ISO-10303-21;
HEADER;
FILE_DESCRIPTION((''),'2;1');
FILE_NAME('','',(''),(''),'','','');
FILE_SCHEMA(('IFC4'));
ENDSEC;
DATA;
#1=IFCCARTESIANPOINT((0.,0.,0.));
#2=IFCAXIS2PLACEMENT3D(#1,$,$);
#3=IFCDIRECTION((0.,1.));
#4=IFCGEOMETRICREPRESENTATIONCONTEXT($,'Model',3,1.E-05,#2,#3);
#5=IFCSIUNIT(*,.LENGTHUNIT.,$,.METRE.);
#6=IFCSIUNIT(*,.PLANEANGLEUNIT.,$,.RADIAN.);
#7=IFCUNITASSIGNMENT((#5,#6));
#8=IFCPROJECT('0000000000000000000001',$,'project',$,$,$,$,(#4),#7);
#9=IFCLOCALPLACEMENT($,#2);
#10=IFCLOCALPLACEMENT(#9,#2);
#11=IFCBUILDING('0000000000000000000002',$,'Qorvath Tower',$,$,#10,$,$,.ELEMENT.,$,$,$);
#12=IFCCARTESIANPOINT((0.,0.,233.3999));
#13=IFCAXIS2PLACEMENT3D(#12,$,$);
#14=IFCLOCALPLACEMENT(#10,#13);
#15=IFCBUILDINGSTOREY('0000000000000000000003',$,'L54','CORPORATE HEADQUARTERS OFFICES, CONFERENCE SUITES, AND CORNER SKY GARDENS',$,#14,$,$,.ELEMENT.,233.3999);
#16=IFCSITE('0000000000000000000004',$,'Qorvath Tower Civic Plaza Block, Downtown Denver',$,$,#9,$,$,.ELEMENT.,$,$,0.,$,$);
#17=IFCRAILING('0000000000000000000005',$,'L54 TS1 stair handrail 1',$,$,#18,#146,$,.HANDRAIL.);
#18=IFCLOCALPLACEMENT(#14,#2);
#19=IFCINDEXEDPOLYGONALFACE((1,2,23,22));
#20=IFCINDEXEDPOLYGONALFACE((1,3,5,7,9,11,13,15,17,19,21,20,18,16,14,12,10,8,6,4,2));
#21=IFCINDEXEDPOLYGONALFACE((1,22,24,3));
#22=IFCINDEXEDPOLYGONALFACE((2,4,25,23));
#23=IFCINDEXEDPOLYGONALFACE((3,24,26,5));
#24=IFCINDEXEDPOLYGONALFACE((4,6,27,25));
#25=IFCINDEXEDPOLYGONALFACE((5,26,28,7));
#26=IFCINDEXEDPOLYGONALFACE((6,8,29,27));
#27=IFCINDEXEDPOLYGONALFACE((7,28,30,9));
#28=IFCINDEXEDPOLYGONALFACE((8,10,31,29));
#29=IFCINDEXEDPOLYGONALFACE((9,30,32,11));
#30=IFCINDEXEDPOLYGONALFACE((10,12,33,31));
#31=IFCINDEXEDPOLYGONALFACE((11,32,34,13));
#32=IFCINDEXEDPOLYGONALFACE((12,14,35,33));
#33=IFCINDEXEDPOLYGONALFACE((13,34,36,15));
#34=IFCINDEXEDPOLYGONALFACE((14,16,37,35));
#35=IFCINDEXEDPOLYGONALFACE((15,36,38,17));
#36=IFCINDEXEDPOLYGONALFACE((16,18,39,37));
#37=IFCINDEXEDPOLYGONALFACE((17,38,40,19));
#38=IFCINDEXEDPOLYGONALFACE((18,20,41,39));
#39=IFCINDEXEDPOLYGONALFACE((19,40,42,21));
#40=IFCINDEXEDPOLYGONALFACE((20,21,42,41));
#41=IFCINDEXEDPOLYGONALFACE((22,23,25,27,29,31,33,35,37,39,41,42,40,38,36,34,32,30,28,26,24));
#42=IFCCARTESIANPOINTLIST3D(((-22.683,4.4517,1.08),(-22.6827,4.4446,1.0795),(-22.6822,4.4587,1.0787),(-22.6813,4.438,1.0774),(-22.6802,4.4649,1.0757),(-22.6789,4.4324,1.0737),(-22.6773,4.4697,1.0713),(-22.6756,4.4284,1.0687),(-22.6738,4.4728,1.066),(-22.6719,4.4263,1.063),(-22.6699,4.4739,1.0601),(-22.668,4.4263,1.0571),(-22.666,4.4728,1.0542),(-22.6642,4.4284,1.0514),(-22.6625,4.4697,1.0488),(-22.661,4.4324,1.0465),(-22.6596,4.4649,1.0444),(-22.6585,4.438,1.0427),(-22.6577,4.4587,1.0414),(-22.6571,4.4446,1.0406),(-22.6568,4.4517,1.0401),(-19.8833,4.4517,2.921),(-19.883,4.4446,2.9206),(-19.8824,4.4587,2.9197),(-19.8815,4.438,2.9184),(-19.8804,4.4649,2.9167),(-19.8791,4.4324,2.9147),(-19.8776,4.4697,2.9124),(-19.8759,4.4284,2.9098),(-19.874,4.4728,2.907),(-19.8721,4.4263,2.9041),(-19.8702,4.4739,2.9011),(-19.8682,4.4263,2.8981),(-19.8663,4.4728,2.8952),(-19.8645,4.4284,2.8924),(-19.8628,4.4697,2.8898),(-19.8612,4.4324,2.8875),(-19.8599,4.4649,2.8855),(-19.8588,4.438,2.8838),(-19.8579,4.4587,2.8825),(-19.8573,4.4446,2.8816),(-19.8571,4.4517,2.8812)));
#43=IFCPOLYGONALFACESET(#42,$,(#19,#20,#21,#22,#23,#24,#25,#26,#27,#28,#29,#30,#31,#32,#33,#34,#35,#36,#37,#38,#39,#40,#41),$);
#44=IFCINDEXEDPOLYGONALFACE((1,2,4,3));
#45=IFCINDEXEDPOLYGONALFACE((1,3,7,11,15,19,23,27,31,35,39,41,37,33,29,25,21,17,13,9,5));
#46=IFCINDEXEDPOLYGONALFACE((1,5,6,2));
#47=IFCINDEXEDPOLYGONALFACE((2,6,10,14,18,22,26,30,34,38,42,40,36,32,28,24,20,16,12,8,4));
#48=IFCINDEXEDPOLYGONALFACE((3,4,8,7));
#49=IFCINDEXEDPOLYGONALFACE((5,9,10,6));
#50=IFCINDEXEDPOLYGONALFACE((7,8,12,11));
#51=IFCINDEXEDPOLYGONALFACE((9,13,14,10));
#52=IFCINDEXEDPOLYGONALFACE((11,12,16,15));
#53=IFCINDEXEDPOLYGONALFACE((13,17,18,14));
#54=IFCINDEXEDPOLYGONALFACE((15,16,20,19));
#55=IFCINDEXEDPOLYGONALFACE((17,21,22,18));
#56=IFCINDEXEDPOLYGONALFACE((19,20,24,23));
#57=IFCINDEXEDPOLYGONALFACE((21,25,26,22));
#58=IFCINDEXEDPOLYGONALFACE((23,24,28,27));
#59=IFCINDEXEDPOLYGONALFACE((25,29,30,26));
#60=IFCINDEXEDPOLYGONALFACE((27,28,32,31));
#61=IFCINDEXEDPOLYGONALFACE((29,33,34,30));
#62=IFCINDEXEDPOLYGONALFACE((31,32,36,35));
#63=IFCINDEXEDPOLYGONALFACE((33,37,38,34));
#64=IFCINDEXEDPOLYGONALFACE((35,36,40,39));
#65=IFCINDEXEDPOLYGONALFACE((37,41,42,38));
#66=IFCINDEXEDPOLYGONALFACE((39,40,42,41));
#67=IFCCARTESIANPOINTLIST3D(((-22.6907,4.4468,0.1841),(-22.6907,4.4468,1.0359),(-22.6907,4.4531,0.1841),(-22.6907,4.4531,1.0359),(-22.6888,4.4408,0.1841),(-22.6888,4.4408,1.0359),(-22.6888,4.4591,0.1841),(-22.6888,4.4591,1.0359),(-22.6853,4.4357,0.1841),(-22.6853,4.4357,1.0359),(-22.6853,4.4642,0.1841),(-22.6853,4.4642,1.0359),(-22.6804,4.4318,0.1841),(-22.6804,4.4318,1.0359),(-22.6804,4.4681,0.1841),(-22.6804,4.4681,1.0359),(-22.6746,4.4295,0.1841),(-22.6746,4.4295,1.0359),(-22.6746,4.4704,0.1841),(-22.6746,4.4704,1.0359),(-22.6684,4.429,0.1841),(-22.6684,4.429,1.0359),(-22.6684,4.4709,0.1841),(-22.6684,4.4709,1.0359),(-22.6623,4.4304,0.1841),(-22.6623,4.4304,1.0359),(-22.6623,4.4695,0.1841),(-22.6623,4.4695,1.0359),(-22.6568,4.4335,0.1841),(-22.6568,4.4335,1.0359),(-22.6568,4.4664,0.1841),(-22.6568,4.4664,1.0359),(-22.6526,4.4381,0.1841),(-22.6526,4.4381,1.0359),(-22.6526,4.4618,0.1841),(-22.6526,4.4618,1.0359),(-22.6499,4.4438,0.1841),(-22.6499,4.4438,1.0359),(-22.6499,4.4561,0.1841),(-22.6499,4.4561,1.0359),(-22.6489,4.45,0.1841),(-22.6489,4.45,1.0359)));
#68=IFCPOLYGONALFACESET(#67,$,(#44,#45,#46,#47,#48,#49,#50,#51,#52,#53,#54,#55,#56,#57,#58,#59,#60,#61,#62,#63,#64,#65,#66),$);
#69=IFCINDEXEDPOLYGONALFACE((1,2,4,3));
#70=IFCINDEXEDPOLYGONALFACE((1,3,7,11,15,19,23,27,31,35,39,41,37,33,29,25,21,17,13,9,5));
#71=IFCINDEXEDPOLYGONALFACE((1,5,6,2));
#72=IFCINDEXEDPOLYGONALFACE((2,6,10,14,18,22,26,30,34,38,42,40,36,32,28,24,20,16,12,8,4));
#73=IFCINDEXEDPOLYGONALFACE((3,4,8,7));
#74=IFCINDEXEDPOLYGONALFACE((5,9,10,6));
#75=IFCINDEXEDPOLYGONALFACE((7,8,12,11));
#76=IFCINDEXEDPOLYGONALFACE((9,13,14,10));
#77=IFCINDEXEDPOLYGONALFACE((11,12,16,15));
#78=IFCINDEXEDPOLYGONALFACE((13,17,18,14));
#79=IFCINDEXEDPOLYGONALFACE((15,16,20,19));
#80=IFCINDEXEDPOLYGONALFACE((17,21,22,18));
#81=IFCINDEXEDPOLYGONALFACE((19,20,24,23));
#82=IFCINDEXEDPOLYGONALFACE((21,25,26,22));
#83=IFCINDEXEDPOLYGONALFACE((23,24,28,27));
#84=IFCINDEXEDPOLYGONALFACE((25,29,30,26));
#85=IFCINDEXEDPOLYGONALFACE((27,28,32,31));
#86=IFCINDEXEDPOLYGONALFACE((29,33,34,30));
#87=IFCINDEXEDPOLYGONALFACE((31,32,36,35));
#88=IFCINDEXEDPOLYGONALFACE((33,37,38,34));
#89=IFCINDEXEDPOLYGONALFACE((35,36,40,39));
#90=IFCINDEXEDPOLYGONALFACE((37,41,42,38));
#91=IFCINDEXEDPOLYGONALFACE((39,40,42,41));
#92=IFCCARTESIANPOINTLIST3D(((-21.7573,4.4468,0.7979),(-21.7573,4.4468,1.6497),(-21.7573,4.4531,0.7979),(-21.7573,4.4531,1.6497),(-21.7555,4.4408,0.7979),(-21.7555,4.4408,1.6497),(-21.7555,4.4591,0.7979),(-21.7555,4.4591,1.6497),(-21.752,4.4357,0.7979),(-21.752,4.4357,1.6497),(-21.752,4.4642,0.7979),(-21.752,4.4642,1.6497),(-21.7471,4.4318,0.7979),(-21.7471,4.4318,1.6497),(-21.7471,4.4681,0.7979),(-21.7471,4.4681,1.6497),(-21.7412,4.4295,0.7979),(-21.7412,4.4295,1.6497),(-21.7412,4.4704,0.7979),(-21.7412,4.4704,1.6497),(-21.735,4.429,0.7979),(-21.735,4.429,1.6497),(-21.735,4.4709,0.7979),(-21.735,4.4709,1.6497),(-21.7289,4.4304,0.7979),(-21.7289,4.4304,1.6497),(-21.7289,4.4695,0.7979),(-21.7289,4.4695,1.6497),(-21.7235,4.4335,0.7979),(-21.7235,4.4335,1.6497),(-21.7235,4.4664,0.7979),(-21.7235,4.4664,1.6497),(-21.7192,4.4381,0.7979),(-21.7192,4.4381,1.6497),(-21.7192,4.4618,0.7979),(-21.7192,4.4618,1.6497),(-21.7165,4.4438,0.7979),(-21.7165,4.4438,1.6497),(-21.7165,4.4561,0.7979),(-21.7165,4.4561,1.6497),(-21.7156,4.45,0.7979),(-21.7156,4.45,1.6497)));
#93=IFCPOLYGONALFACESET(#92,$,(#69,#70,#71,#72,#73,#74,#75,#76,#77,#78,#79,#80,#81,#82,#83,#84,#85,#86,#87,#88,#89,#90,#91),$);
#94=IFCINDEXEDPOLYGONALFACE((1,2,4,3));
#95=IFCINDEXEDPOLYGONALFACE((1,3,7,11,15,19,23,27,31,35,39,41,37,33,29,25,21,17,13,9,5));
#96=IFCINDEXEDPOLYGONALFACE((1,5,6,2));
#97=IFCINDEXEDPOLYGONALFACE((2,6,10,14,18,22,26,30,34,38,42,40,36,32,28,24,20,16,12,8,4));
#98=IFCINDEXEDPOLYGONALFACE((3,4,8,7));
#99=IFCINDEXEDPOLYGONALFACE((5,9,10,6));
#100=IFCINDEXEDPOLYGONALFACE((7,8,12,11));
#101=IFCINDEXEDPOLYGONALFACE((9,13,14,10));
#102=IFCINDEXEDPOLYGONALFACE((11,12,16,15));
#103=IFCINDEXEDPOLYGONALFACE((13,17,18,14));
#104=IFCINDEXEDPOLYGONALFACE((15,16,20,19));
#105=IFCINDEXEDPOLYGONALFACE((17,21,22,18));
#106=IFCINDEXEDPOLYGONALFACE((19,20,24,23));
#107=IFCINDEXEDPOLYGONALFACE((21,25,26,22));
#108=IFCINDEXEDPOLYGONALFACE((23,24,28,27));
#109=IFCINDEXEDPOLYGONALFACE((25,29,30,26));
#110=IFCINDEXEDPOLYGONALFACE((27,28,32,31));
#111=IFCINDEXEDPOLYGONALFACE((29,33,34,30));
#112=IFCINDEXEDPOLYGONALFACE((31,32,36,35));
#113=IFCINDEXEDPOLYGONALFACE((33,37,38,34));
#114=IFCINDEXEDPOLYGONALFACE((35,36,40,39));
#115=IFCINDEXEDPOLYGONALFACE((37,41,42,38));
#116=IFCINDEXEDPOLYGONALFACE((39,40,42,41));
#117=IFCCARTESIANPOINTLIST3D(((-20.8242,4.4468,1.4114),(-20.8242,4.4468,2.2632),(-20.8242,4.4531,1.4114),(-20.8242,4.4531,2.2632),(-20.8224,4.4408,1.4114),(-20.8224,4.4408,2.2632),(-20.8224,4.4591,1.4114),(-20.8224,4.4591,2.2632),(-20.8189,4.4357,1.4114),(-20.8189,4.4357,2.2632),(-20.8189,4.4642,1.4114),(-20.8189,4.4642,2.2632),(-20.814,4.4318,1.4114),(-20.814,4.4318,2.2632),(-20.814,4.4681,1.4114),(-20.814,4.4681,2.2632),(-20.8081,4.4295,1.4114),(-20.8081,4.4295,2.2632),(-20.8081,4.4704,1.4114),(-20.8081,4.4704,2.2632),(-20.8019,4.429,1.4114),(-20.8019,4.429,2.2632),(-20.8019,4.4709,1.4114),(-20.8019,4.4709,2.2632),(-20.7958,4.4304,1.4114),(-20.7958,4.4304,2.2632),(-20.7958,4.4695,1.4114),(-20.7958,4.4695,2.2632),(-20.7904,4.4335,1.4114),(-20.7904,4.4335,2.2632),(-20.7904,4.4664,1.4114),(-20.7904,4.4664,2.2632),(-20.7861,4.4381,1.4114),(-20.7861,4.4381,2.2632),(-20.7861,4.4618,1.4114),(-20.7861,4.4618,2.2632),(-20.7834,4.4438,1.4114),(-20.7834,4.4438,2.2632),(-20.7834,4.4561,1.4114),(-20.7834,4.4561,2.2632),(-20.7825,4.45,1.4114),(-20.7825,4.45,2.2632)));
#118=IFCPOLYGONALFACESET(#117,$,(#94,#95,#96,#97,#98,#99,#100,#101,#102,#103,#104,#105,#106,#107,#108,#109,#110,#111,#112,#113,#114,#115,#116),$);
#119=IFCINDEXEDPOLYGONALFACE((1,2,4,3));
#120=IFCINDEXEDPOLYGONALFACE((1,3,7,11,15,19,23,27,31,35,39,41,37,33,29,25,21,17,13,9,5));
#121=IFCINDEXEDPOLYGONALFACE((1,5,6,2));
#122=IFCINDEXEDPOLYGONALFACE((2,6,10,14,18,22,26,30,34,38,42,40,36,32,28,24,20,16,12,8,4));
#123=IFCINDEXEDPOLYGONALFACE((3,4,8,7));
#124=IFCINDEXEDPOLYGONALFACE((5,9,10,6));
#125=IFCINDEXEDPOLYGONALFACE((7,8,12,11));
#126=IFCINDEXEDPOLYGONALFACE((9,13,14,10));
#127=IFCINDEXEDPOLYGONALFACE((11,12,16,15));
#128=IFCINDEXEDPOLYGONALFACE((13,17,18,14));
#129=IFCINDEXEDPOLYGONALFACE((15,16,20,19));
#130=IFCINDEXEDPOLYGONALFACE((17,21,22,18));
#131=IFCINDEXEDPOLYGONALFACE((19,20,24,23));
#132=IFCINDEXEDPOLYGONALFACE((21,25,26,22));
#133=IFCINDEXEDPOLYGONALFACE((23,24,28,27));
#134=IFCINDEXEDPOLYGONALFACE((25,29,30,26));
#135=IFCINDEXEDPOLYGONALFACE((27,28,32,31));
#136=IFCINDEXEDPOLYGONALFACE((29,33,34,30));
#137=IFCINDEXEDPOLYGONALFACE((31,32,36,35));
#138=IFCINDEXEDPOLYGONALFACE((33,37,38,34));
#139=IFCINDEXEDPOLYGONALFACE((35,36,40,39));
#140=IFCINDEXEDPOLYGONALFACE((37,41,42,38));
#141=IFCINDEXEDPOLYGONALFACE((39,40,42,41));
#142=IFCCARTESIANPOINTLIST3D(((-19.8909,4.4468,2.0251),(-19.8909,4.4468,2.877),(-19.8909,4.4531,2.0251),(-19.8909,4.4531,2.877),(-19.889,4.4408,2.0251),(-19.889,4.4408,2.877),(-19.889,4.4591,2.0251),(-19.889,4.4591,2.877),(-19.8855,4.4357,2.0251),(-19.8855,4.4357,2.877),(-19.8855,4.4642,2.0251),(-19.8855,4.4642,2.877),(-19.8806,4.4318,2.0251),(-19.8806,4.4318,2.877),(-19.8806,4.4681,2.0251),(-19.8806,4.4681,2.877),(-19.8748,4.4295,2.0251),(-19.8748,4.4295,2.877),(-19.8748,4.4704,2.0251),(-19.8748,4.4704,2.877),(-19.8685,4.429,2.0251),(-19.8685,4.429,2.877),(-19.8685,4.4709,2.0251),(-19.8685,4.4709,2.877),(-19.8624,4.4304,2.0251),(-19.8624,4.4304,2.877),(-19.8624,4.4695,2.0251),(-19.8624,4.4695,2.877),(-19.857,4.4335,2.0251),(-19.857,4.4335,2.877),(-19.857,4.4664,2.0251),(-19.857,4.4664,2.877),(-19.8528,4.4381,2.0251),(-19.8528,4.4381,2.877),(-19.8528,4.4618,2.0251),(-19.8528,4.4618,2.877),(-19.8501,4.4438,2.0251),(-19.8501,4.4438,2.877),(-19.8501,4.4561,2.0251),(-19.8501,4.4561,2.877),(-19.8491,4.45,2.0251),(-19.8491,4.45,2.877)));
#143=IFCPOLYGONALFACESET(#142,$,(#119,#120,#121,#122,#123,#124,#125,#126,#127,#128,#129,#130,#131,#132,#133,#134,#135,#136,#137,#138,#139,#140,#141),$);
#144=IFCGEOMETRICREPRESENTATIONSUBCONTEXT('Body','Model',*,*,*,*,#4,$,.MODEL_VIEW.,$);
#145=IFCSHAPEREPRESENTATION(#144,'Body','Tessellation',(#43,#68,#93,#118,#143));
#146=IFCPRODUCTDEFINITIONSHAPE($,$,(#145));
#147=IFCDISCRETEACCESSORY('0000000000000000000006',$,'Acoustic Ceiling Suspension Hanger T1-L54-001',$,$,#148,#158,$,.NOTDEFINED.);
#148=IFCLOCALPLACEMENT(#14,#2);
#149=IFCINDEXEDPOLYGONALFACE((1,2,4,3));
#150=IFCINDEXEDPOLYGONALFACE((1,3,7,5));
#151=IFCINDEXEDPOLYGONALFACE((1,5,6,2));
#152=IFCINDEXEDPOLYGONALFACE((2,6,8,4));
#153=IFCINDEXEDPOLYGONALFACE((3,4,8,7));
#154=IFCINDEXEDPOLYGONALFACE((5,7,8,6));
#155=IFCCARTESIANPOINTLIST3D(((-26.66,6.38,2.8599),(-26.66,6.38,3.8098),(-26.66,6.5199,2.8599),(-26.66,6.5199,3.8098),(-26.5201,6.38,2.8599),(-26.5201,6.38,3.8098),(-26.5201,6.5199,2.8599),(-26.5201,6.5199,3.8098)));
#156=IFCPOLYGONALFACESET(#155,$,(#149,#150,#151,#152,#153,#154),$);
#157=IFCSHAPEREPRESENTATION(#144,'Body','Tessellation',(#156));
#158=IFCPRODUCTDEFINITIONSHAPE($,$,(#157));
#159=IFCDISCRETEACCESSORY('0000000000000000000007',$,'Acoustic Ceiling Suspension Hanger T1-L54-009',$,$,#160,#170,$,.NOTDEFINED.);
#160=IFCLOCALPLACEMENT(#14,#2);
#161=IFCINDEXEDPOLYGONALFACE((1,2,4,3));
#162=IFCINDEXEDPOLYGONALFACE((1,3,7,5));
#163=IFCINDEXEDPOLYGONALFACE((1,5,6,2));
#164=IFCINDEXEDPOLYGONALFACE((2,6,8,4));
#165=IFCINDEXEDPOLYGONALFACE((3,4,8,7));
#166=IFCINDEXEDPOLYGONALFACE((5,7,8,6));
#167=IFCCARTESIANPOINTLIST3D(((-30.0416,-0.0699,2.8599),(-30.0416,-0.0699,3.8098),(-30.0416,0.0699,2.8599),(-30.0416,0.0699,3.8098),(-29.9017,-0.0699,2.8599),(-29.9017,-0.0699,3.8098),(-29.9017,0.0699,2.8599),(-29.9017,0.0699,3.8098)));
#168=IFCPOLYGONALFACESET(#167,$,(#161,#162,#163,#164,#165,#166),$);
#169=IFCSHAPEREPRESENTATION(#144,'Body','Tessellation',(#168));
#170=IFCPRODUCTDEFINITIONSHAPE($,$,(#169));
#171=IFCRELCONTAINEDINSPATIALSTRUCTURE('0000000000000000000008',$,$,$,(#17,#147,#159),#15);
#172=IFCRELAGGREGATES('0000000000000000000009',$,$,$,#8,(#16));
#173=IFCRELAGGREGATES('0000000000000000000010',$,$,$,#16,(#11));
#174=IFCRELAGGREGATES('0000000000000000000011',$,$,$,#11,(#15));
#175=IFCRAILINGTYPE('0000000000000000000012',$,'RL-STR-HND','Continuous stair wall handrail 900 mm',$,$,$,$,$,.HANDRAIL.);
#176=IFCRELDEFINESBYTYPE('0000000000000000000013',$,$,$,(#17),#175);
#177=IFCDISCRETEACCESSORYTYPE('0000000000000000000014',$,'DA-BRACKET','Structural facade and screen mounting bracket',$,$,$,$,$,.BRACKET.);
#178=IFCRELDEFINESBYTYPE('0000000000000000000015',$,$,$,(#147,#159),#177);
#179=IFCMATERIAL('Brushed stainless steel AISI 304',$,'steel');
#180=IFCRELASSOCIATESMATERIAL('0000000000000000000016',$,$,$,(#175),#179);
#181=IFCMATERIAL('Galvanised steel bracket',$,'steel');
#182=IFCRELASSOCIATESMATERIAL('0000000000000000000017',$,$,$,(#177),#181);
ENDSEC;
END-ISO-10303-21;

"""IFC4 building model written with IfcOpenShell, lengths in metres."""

from ifc_helpers import new_model, si_unit, direction, frame, origin, origin_2d, place, context, subcontext, project, spatial, rectangle, circle, extrude, material, type_object, element, save


model = new_model("IFC4")

# Units and contexts
model_context = context("Model", 3, precision=1e-05, world=origin(), true_north=direction((0.0, 1.0)))
body_context = subcontext(model_context, "Body", "Model", "MODEL_VIEW")
ifc_project = project(units=[si_unit("LENGTHUNIT", "METRE"), si_unit("PLANEANGLEUNIT", "RADIAN")], contexts=[model_context])

# Site, building, storey
site_placement = place(None, origin())
site = spatial("IfcSite", under=ifc_project, at=site_placement, Name="Qorvath Tower Civic Plaza Block, Downtown Denver", CompositionType="ELEMENT", RefElevation=0.0)
building_placement = place(site_placement, origin())
building = spatial("IfcBuilding", under=site, at=building_placement, Name="Qorvath Tower", CompositionType="ELEMENT")
storey_placement = place(building_placement, frame((0.0, 0.0, 233.3999)))
storey = spatial("IfcBuildingStorey", under=building, at=storey_placement, Name="L54", Description="CORPORATE HEADQUARTERS OFFICES, CONFERENCE SUITES, AND CORNER SKY GARDENS", CompositionType="ELEMENT", Elevation=233.3999)

# Railing
ifc_material_1 = material(Name="Brushed stainless steel AISI 304", Category="steel")
railing_type_1 = type_object("IfcRailingType", Name="RL-STR-HND", Description="Continuous stair wall handrail 900 mm", PredefinedType="HANDRAIL", material=ifc_material_1)
railing_1_placement = place(storey_placement, frame((-22.6699, 4.45, 0.1841)))
element("IfcRailing", 1, at=railing_1_placement, inside=storey, type_object=railing_type_1, Name="L54 TS1 stair handrail 1", PredefinedType="HANDRAIL", context=body_context, shape_type="SweptSolid", body=[
    extrude(circle(Radius=0.0239, at=origin_2d()), frame((0.0, 0.0, 0.876), z_axis=(0.835542, 0.0, 0.549426), x_axis=(0.0, 1.0, 0.0)), (0.0, 0.0, 1.0), 3.3508),
    extrude(circle(Radius=0.021, at=origin_2d()), origin(), (0.0, 0.0, 1.0), 0.8518),
    extrude(circle(Radius=0.021, at=origin_2d()), frame((0.9333, 0.0, 0.6138)), (0.0, 0.0, 1.0), 0.8518),
    extrude(circle(Radius=0.021, at=origin_2d()), frame((1.8665, 0.0, 1.2273)), (0.0, 0.0, 1.0), 0.8518),
    extrude(circle(Radius=0.021, at=origin_2d()), frame((2.7998, 0.0, 1.8411)), (0.0, 0.0, 1.0), 0.8518),
])

# Discrete accessories
ifc_material_2 = material(Name="Galvanised steel bracket", Category="steel")
discrete_accessory_type = type_object("IfcDiscreteAccessoryType", Name="DA-BRACKET", Description="Structural facade and screen mounting bracket", PredefinedType="BRACKET", material=ifc_material_2)
for number, where, z_axis, x_axis, name in (
    (2, (-26.5901, 6.45, 2.8599), (0.0, 0.0, 1.0), (1.0, 0.0, 0.0), "Acoustic Ceiling Suspension Hanger T1-L54-001"),
    (3, (-29.9717, 0.0, 2.8599), (0.0, 0.0, 1.0), (1.0, 0.0, 0.0), "Acoustic Ceiling Suspension Hanger T1-L54-009"),
):
    element("IfcDiscreteAccessory", number, at=place(storey_placement, frame(where, z_axis=z_axis, x_axis=x_axis)), inside=storey, type_object=discrete_accessory_type, Name=name, PredefinedType="NOTDEFINED", context=body_context, shape_type="SweptSolid", body=[
        extrude(rectangle(XDim=0.1399, YDim=0.1399, at=origin_2d()), origin(), (0.0, 0.0, 1.0), 0.95),
    ])

save(model, "model.ifc")
